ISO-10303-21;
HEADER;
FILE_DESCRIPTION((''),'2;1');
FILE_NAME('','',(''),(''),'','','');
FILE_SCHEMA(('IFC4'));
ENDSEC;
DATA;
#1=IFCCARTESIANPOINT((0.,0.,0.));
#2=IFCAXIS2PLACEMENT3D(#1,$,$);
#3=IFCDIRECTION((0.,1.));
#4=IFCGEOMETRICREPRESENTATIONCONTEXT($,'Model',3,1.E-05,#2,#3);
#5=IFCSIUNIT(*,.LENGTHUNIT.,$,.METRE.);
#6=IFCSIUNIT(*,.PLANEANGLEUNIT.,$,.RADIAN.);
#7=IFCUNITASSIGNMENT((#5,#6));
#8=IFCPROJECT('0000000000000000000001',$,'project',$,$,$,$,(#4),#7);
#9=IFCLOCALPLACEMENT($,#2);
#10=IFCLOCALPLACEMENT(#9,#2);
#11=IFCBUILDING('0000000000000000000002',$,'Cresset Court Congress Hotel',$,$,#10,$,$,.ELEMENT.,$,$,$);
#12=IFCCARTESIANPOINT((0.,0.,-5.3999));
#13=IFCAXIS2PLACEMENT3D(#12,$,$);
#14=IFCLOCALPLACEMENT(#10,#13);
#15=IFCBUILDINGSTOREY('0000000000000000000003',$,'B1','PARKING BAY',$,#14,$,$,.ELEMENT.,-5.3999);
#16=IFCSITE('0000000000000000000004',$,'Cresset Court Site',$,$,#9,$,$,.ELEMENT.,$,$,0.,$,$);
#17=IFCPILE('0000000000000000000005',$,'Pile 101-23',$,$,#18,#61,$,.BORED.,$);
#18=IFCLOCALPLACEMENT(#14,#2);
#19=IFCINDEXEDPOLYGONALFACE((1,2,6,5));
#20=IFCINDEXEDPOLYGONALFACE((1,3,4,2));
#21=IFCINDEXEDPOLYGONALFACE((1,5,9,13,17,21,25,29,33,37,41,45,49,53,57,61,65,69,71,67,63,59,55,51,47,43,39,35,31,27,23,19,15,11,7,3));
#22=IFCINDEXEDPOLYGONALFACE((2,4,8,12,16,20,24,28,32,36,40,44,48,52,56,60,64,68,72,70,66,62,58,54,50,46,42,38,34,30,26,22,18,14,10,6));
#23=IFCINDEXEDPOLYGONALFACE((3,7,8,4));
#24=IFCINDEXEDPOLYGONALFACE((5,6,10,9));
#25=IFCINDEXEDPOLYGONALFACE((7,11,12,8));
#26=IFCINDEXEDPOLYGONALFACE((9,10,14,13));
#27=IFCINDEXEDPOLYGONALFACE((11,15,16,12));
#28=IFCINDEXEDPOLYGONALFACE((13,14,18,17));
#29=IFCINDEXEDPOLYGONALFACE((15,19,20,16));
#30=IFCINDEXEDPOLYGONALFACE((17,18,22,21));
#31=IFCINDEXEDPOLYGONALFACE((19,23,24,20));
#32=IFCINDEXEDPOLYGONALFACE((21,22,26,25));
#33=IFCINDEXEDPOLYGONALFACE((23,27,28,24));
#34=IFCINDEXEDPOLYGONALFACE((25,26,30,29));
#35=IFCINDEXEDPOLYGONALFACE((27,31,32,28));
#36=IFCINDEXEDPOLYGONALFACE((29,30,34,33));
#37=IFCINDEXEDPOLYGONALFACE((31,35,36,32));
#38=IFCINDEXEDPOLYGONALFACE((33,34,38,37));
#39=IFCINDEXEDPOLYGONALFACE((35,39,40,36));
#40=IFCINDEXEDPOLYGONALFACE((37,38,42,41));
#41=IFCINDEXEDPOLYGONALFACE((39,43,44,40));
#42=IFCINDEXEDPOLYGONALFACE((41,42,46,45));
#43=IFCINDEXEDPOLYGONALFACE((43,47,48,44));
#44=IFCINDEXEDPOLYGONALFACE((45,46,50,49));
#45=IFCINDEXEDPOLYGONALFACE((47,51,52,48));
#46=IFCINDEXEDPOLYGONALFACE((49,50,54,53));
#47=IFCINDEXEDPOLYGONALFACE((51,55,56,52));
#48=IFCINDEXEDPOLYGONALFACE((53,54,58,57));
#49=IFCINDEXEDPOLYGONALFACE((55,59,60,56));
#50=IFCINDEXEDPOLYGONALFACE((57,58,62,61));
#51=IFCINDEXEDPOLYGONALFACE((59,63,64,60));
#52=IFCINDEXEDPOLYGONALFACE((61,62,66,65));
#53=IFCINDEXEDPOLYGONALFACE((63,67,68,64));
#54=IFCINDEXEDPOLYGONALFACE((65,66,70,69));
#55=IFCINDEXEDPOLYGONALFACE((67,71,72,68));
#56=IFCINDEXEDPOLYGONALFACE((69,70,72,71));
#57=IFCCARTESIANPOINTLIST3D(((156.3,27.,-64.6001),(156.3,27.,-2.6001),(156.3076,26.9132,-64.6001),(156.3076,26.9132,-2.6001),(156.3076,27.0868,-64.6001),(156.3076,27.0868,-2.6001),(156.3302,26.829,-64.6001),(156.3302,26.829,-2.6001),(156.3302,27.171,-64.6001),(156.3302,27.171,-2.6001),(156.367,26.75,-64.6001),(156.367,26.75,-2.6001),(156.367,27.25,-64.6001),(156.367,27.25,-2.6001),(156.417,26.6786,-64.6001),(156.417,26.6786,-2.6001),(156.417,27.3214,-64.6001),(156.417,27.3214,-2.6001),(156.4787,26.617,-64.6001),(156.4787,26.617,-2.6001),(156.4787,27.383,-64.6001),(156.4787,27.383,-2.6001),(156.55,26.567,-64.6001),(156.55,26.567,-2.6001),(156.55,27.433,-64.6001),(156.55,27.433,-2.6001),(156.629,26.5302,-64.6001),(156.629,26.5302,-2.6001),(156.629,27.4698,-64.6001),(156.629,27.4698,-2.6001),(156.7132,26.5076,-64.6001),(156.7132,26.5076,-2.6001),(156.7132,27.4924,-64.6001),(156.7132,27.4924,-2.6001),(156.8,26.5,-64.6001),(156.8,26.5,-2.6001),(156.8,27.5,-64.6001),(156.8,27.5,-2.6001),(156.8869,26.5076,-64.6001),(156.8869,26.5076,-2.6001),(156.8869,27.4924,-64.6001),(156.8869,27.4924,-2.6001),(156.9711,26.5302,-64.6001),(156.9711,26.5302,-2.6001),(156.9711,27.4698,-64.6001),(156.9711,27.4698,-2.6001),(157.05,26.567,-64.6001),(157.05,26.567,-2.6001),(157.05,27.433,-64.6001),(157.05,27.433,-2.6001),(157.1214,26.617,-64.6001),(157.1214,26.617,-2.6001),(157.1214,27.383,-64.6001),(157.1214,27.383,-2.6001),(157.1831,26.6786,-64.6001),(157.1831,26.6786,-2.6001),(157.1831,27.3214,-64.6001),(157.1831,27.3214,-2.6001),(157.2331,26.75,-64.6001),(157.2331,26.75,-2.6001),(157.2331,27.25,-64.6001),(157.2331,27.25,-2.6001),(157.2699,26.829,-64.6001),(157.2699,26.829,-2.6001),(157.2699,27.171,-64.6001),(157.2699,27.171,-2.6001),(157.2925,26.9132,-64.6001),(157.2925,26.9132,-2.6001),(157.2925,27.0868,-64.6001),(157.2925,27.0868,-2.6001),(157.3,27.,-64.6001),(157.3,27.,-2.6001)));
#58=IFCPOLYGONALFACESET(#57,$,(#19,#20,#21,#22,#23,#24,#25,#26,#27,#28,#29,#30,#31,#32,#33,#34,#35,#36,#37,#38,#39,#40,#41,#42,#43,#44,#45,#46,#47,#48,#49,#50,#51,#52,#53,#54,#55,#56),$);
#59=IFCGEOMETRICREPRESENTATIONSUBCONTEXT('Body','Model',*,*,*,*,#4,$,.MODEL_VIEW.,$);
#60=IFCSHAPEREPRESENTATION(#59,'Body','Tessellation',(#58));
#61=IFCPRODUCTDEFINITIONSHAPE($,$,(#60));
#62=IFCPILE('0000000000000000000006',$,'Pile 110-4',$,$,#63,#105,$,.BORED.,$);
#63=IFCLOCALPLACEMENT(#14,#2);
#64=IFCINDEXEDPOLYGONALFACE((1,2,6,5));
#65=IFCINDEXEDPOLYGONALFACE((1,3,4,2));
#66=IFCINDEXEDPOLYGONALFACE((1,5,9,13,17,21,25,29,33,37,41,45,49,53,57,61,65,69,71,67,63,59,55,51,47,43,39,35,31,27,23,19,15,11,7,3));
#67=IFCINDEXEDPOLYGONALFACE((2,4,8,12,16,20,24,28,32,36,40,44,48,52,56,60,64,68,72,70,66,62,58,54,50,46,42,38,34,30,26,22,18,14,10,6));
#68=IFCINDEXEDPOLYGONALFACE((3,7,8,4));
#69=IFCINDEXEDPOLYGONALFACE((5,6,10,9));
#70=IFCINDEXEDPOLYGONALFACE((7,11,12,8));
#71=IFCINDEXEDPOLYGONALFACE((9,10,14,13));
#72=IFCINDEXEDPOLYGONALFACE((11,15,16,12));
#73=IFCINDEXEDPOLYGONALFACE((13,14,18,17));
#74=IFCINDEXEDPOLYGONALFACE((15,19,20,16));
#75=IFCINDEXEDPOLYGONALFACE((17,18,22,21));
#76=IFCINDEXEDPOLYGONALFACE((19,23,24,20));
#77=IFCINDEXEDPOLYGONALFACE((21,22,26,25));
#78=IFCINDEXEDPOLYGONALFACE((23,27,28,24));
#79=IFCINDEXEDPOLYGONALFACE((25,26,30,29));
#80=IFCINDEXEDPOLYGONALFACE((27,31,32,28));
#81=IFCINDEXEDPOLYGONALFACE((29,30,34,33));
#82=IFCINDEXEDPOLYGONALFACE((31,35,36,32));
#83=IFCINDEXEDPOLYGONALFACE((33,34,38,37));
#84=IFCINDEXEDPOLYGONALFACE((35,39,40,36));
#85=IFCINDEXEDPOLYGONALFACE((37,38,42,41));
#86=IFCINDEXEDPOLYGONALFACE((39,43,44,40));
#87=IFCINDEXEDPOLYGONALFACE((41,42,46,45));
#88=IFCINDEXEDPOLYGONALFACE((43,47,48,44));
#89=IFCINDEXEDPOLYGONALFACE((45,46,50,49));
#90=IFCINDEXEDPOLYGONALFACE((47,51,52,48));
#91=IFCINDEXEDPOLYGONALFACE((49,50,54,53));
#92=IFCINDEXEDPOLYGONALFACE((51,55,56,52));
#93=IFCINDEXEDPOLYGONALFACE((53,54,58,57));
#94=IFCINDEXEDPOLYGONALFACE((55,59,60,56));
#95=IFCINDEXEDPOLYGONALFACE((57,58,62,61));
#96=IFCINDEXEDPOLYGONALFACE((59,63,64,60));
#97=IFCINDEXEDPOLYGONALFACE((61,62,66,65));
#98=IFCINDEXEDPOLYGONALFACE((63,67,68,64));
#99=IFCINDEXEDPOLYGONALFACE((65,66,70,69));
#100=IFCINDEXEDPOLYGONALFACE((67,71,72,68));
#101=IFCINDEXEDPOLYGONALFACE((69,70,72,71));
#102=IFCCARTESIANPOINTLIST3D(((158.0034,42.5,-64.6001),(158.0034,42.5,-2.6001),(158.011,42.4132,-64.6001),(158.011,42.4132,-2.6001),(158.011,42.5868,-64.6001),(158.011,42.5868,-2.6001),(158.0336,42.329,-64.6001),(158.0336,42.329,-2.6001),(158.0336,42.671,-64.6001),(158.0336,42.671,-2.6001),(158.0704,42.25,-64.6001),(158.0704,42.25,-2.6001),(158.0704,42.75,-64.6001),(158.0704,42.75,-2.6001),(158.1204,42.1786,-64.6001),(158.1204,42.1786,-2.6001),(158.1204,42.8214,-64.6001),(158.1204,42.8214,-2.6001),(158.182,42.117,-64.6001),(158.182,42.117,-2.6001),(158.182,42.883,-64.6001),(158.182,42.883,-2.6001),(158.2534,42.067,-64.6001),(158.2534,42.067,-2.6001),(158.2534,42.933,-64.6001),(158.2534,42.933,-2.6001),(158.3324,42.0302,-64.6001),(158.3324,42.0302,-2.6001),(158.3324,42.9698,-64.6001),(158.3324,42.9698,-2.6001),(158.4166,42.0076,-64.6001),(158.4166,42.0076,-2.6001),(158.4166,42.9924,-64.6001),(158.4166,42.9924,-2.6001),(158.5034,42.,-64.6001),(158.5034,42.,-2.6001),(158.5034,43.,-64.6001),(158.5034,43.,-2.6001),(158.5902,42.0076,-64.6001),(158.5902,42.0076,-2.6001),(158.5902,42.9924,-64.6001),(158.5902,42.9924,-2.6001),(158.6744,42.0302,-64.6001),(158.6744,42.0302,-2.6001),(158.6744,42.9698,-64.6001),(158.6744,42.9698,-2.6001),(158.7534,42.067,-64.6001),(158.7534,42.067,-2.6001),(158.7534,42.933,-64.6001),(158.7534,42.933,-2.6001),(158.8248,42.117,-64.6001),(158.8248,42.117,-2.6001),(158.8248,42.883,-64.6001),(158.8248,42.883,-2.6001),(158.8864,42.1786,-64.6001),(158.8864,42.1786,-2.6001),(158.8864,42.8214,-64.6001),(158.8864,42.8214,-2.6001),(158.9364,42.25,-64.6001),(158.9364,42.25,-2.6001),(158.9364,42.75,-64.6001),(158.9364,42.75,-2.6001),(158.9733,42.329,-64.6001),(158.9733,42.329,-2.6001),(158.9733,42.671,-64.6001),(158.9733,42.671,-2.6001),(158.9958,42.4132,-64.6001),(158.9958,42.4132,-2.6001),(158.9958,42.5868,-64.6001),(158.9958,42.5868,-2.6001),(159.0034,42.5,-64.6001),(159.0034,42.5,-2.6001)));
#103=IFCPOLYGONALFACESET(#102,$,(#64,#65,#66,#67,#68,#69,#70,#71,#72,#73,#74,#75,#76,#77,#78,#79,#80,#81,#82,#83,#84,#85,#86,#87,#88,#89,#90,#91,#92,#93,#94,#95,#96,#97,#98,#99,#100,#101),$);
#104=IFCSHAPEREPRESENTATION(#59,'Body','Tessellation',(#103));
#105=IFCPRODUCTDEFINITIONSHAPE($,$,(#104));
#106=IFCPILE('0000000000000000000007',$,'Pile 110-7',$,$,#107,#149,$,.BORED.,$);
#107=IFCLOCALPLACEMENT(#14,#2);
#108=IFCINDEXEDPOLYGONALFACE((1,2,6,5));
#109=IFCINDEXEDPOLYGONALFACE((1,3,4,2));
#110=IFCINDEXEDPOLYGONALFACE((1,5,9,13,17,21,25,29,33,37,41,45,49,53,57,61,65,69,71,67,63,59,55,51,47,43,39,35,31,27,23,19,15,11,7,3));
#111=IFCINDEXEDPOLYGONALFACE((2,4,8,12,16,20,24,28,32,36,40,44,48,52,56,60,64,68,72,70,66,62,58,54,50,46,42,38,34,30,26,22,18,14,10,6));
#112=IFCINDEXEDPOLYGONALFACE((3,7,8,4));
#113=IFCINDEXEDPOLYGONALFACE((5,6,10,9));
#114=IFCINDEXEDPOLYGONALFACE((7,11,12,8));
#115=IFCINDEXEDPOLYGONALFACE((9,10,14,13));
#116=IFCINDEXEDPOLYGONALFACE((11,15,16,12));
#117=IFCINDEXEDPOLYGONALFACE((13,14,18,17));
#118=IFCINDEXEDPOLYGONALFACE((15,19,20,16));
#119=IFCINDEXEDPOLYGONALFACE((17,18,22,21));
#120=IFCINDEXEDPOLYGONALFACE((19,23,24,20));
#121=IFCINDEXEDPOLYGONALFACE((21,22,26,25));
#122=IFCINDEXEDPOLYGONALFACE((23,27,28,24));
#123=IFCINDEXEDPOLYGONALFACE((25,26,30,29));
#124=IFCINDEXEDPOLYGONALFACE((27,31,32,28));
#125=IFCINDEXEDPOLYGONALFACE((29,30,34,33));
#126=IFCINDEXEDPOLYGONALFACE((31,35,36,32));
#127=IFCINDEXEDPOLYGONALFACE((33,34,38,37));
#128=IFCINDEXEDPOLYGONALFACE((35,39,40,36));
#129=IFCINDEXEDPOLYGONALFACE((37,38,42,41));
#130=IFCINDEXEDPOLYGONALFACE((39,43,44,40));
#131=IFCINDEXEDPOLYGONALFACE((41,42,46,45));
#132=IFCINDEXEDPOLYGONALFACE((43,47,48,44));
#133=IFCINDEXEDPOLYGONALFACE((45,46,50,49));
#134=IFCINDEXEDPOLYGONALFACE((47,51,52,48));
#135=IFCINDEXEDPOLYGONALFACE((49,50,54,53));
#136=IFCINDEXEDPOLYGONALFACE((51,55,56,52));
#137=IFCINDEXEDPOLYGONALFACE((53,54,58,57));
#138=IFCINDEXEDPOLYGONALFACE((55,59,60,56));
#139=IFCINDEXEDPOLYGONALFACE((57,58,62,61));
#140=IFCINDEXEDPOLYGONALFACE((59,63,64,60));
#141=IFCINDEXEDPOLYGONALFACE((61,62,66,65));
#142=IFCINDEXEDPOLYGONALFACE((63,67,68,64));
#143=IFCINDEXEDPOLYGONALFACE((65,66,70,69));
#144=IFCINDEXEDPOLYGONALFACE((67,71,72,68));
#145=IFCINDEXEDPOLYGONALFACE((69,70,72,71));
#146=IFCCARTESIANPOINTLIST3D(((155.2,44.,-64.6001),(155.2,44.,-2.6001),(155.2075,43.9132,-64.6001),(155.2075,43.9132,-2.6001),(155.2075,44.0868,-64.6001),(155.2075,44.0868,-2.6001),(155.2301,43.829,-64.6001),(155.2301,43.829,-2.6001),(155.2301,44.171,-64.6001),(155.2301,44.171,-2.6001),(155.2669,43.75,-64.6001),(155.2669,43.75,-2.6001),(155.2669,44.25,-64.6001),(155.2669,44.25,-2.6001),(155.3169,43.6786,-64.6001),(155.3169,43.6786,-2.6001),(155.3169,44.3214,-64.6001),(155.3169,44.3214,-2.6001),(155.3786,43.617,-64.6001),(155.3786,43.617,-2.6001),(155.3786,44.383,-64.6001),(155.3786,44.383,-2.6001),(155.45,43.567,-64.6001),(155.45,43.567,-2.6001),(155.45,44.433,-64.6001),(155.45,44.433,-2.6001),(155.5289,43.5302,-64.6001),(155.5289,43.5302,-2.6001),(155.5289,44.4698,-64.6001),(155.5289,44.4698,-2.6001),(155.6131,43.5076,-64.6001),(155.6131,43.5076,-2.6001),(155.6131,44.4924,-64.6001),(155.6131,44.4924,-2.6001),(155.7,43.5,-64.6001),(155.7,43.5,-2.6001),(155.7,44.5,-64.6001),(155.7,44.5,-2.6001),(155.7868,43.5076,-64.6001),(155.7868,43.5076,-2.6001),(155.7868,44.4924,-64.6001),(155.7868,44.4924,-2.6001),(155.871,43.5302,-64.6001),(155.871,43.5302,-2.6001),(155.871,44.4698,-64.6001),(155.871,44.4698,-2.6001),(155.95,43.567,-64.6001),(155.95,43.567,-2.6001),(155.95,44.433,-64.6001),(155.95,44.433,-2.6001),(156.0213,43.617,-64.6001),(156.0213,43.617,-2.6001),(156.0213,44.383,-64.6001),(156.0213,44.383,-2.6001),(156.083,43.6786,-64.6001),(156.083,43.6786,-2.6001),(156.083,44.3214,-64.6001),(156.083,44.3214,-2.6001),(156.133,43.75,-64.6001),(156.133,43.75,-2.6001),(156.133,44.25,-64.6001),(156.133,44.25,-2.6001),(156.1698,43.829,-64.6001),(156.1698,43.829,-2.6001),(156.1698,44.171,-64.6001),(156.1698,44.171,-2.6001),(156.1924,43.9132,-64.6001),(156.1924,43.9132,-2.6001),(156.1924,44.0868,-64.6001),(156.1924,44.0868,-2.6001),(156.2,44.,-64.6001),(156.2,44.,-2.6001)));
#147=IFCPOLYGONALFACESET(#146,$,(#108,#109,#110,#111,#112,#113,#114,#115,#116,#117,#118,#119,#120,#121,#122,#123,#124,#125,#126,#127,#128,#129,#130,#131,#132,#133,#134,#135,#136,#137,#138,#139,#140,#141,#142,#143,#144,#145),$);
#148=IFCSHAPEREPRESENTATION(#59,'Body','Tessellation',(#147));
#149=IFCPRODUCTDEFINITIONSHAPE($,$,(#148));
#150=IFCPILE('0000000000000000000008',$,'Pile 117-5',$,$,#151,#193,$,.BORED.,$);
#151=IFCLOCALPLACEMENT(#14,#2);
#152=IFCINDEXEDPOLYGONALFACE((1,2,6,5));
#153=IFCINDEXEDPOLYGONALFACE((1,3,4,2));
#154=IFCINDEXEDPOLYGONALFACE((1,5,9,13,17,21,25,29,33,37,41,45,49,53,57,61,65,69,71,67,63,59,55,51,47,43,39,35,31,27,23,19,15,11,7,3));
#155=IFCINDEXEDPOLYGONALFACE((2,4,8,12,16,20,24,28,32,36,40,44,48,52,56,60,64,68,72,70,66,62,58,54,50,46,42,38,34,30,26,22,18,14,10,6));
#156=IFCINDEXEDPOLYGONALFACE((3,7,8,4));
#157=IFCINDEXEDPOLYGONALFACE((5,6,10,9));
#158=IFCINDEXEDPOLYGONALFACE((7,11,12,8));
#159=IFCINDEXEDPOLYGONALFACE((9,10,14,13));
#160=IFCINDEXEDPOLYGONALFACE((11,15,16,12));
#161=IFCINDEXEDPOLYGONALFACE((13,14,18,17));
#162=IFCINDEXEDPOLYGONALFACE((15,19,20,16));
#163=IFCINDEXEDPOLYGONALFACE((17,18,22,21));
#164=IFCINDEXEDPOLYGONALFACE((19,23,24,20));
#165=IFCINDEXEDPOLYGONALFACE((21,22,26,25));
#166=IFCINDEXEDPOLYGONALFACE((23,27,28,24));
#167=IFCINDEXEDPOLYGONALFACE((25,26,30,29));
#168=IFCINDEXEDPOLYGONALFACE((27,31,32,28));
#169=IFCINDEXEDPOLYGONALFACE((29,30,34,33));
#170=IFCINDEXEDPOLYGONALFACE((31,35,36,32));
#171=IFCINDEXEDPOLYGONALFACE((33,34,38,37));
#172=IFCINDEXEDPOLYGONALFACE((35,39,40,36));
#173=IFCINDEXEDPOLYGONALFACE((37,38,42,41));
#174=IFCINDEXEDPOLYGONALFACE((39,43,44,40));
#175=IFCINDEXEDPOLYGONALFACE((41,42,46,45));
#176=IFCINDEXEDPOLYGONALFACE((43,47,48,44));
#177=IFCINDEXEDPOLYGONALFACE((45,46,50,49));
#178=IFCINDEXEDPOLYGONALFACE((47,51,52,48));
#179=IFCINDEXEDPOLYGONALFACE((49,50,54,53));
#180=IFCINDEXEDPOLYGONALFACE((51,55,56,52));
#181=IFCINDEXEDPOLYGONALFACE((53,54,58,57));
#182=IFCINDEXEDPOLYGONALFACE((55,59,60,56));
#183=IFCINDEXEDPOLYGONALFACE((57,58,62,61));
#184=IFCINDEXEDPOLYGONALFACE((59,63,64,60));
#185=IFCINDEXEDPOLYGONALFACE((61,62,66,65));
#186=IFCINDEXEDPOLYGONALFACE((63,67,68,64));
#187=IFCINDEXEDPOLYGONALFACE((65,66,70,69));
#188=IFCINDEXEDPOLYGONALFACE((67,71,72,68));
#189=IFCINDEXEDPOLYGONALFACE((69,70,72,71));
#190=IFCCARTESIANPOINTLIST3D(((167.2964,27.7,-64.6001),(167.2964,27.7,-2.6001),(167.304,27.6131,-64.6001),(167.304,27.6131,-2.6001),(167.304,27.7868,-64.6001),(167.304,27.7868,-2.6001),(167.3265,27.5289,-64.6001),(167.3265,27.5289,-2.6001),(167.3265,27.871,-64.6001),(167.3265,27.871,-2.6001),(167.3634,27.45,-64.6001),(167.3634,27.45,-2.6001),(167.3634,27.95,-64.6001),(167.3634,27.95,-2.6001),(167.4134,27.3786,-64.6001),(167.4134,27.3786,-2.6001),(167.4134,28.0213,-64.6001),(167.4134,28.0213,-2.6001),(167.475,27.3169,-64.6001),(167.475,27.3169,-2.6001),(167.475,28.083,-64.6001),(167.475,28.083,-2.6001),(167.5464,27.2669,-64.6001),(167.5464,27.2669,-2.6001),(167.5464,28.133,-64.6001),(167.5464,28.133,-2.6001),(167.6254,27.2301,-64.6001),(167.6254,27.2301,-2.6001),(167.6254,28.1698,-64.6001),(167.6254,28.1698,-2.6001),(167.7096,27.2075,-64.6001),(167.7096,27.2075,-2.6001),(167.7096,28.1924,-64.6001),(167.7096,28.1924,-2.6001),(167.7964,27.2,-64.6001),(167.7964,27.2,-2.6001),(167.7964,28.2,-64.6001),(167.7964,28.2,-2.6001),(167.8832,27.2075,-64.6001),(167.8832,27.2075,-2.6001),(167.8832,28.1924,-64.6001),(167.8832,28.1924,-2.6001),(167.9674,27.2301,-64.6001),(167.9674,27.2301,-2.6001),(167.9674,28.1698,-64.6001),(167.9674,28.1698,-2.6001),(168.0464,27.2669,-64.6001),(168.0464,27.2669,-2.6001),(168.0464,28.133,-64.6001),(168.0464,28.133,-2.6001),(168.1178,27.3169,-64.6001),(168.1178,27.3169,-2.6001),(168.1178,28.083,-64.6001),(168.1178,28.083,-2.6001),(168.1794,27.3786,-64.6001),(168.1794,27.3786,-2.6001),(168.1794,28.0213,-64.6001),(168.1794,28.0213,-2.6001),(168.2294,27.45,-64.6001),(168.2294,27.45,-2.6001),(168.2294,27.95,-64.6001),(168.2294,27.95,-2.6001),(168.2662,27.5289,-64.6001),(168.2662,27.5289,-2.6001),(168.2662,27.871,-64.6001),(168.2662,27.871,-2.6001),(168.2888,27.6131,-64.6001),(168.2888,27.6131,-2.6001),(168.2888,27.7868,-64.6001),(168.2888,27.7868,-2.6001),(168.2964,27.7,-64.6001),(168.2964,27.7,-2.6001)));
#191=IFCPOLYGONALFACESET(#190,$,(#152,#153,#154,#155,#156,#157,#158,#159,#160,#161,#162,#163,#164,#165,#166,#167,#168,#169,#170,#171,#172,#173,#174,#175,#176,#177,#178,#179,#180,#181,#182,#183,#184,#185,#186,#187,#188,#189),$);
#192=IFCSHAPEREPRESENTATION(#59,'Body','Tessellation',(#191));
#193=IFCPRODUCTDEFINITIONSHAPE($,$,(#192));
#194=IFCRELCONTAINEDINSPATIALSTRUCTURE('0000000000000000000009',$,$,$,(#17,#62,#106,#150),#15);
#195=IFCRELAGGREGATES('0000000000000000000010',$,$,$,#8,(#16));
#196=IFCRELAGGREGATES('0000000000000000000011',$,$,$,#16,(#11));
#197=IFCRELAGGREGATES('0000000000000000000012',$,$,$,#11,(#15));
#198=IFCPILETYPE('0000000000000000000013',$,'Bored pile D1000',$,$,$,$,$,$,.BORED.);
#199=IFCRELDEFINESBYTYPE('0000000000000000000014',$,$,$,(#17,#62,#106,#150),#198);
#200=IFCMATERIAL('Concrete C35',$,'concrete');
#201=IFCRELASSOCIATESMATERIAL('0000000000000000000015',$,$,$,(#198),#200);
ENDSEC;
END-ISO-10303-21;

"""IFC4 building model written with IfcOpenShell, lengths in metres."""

from ifc_helpers import new_model, si_unit, direction, frame, origin, origin_2d, place, context, subcontext, project, spatial, circle, extrude, material, type_object, element, save


model = new_model("IFC4")

# Units and contexts
model_context = context("Model", 3, precision=1e-05, world=origin(), true_north=direction((0.0, 1.0)))
body_context = subcontext(model_context, "Body", "Model", "MODEL_VIEW")
ifc_project = project(units=[si_unit("LENGTHUNIT", "METRE"), si_unit("PLANEANGLEUNIT", "RADIAN")], contexts=[model_context])

# Site, building, storey
site_placement = place(None, origin())
site = spatial("IfcSite", under=ifc_project, at=site_placement, Name="Cresset Court Site", CompositionType="ELEMENT", RefElevation=0.0)
building_placement = place(site_placement, origin())
building = spatial("IfcBuilding", under=site, at=building_placement, Name="Cresset Court Congress Hotel", CompositionType="ELEMENT")
storey_placement = place(building_placement, frame((0.0, 0.0, -5.3999)))
storey = spatial("IfcBuildingStorey", under=building, at=storey_placement, Name="B1", Description="PARKING BAY", CompositionType="ELEMENT", Elevation=-5.3999)

# Piles
ifc_material_1 = material(Name="Concrete C35", Category="concrete")
pile_type = type_object("IfcPileType", Name="Bored pile D1000", PredefinedType="BORED", material=ifc_material_1)
for number, where, z_axis, x_axis, name in (
    (1, (156.8, 27.0, -2.6001), (0.0, 0.0, -1.0), (1.0, 0.0, 0.0), "Pile 101-23"),
    (2, (158.5034, 42.5, -2.6001), (0.0, 0.0, -1.0), (1.0, 0.0, 0.0), "Pile 110-4"),
    (3, (155.7, 44.0, -2.6001), (0.0, 0.0, -1.0), (1.0, 0.0, 0.0), "Pile 110-7"),
    (4, (167.7964, 27.7, -2.6001), (0.0, 0.0, -1.0), (1.0, 0.0, 0.0), "Pile 117-5"),
):
    element("IfcPile", number, at=place(storey_placement, frame(where, z_axis=z_axis, x_axis=x_axis)), inside=storey, type_object=pile_type, Name=name, PredefinedType="BORED", context=body_context, shape_type="SweptSolid", body=[
        extrude(circle(Radius=0.5, at=origin_2d()), origin(), (0.0, 0.0, 1.0), 62.0),
    ])

save(model, "model.ifc")
